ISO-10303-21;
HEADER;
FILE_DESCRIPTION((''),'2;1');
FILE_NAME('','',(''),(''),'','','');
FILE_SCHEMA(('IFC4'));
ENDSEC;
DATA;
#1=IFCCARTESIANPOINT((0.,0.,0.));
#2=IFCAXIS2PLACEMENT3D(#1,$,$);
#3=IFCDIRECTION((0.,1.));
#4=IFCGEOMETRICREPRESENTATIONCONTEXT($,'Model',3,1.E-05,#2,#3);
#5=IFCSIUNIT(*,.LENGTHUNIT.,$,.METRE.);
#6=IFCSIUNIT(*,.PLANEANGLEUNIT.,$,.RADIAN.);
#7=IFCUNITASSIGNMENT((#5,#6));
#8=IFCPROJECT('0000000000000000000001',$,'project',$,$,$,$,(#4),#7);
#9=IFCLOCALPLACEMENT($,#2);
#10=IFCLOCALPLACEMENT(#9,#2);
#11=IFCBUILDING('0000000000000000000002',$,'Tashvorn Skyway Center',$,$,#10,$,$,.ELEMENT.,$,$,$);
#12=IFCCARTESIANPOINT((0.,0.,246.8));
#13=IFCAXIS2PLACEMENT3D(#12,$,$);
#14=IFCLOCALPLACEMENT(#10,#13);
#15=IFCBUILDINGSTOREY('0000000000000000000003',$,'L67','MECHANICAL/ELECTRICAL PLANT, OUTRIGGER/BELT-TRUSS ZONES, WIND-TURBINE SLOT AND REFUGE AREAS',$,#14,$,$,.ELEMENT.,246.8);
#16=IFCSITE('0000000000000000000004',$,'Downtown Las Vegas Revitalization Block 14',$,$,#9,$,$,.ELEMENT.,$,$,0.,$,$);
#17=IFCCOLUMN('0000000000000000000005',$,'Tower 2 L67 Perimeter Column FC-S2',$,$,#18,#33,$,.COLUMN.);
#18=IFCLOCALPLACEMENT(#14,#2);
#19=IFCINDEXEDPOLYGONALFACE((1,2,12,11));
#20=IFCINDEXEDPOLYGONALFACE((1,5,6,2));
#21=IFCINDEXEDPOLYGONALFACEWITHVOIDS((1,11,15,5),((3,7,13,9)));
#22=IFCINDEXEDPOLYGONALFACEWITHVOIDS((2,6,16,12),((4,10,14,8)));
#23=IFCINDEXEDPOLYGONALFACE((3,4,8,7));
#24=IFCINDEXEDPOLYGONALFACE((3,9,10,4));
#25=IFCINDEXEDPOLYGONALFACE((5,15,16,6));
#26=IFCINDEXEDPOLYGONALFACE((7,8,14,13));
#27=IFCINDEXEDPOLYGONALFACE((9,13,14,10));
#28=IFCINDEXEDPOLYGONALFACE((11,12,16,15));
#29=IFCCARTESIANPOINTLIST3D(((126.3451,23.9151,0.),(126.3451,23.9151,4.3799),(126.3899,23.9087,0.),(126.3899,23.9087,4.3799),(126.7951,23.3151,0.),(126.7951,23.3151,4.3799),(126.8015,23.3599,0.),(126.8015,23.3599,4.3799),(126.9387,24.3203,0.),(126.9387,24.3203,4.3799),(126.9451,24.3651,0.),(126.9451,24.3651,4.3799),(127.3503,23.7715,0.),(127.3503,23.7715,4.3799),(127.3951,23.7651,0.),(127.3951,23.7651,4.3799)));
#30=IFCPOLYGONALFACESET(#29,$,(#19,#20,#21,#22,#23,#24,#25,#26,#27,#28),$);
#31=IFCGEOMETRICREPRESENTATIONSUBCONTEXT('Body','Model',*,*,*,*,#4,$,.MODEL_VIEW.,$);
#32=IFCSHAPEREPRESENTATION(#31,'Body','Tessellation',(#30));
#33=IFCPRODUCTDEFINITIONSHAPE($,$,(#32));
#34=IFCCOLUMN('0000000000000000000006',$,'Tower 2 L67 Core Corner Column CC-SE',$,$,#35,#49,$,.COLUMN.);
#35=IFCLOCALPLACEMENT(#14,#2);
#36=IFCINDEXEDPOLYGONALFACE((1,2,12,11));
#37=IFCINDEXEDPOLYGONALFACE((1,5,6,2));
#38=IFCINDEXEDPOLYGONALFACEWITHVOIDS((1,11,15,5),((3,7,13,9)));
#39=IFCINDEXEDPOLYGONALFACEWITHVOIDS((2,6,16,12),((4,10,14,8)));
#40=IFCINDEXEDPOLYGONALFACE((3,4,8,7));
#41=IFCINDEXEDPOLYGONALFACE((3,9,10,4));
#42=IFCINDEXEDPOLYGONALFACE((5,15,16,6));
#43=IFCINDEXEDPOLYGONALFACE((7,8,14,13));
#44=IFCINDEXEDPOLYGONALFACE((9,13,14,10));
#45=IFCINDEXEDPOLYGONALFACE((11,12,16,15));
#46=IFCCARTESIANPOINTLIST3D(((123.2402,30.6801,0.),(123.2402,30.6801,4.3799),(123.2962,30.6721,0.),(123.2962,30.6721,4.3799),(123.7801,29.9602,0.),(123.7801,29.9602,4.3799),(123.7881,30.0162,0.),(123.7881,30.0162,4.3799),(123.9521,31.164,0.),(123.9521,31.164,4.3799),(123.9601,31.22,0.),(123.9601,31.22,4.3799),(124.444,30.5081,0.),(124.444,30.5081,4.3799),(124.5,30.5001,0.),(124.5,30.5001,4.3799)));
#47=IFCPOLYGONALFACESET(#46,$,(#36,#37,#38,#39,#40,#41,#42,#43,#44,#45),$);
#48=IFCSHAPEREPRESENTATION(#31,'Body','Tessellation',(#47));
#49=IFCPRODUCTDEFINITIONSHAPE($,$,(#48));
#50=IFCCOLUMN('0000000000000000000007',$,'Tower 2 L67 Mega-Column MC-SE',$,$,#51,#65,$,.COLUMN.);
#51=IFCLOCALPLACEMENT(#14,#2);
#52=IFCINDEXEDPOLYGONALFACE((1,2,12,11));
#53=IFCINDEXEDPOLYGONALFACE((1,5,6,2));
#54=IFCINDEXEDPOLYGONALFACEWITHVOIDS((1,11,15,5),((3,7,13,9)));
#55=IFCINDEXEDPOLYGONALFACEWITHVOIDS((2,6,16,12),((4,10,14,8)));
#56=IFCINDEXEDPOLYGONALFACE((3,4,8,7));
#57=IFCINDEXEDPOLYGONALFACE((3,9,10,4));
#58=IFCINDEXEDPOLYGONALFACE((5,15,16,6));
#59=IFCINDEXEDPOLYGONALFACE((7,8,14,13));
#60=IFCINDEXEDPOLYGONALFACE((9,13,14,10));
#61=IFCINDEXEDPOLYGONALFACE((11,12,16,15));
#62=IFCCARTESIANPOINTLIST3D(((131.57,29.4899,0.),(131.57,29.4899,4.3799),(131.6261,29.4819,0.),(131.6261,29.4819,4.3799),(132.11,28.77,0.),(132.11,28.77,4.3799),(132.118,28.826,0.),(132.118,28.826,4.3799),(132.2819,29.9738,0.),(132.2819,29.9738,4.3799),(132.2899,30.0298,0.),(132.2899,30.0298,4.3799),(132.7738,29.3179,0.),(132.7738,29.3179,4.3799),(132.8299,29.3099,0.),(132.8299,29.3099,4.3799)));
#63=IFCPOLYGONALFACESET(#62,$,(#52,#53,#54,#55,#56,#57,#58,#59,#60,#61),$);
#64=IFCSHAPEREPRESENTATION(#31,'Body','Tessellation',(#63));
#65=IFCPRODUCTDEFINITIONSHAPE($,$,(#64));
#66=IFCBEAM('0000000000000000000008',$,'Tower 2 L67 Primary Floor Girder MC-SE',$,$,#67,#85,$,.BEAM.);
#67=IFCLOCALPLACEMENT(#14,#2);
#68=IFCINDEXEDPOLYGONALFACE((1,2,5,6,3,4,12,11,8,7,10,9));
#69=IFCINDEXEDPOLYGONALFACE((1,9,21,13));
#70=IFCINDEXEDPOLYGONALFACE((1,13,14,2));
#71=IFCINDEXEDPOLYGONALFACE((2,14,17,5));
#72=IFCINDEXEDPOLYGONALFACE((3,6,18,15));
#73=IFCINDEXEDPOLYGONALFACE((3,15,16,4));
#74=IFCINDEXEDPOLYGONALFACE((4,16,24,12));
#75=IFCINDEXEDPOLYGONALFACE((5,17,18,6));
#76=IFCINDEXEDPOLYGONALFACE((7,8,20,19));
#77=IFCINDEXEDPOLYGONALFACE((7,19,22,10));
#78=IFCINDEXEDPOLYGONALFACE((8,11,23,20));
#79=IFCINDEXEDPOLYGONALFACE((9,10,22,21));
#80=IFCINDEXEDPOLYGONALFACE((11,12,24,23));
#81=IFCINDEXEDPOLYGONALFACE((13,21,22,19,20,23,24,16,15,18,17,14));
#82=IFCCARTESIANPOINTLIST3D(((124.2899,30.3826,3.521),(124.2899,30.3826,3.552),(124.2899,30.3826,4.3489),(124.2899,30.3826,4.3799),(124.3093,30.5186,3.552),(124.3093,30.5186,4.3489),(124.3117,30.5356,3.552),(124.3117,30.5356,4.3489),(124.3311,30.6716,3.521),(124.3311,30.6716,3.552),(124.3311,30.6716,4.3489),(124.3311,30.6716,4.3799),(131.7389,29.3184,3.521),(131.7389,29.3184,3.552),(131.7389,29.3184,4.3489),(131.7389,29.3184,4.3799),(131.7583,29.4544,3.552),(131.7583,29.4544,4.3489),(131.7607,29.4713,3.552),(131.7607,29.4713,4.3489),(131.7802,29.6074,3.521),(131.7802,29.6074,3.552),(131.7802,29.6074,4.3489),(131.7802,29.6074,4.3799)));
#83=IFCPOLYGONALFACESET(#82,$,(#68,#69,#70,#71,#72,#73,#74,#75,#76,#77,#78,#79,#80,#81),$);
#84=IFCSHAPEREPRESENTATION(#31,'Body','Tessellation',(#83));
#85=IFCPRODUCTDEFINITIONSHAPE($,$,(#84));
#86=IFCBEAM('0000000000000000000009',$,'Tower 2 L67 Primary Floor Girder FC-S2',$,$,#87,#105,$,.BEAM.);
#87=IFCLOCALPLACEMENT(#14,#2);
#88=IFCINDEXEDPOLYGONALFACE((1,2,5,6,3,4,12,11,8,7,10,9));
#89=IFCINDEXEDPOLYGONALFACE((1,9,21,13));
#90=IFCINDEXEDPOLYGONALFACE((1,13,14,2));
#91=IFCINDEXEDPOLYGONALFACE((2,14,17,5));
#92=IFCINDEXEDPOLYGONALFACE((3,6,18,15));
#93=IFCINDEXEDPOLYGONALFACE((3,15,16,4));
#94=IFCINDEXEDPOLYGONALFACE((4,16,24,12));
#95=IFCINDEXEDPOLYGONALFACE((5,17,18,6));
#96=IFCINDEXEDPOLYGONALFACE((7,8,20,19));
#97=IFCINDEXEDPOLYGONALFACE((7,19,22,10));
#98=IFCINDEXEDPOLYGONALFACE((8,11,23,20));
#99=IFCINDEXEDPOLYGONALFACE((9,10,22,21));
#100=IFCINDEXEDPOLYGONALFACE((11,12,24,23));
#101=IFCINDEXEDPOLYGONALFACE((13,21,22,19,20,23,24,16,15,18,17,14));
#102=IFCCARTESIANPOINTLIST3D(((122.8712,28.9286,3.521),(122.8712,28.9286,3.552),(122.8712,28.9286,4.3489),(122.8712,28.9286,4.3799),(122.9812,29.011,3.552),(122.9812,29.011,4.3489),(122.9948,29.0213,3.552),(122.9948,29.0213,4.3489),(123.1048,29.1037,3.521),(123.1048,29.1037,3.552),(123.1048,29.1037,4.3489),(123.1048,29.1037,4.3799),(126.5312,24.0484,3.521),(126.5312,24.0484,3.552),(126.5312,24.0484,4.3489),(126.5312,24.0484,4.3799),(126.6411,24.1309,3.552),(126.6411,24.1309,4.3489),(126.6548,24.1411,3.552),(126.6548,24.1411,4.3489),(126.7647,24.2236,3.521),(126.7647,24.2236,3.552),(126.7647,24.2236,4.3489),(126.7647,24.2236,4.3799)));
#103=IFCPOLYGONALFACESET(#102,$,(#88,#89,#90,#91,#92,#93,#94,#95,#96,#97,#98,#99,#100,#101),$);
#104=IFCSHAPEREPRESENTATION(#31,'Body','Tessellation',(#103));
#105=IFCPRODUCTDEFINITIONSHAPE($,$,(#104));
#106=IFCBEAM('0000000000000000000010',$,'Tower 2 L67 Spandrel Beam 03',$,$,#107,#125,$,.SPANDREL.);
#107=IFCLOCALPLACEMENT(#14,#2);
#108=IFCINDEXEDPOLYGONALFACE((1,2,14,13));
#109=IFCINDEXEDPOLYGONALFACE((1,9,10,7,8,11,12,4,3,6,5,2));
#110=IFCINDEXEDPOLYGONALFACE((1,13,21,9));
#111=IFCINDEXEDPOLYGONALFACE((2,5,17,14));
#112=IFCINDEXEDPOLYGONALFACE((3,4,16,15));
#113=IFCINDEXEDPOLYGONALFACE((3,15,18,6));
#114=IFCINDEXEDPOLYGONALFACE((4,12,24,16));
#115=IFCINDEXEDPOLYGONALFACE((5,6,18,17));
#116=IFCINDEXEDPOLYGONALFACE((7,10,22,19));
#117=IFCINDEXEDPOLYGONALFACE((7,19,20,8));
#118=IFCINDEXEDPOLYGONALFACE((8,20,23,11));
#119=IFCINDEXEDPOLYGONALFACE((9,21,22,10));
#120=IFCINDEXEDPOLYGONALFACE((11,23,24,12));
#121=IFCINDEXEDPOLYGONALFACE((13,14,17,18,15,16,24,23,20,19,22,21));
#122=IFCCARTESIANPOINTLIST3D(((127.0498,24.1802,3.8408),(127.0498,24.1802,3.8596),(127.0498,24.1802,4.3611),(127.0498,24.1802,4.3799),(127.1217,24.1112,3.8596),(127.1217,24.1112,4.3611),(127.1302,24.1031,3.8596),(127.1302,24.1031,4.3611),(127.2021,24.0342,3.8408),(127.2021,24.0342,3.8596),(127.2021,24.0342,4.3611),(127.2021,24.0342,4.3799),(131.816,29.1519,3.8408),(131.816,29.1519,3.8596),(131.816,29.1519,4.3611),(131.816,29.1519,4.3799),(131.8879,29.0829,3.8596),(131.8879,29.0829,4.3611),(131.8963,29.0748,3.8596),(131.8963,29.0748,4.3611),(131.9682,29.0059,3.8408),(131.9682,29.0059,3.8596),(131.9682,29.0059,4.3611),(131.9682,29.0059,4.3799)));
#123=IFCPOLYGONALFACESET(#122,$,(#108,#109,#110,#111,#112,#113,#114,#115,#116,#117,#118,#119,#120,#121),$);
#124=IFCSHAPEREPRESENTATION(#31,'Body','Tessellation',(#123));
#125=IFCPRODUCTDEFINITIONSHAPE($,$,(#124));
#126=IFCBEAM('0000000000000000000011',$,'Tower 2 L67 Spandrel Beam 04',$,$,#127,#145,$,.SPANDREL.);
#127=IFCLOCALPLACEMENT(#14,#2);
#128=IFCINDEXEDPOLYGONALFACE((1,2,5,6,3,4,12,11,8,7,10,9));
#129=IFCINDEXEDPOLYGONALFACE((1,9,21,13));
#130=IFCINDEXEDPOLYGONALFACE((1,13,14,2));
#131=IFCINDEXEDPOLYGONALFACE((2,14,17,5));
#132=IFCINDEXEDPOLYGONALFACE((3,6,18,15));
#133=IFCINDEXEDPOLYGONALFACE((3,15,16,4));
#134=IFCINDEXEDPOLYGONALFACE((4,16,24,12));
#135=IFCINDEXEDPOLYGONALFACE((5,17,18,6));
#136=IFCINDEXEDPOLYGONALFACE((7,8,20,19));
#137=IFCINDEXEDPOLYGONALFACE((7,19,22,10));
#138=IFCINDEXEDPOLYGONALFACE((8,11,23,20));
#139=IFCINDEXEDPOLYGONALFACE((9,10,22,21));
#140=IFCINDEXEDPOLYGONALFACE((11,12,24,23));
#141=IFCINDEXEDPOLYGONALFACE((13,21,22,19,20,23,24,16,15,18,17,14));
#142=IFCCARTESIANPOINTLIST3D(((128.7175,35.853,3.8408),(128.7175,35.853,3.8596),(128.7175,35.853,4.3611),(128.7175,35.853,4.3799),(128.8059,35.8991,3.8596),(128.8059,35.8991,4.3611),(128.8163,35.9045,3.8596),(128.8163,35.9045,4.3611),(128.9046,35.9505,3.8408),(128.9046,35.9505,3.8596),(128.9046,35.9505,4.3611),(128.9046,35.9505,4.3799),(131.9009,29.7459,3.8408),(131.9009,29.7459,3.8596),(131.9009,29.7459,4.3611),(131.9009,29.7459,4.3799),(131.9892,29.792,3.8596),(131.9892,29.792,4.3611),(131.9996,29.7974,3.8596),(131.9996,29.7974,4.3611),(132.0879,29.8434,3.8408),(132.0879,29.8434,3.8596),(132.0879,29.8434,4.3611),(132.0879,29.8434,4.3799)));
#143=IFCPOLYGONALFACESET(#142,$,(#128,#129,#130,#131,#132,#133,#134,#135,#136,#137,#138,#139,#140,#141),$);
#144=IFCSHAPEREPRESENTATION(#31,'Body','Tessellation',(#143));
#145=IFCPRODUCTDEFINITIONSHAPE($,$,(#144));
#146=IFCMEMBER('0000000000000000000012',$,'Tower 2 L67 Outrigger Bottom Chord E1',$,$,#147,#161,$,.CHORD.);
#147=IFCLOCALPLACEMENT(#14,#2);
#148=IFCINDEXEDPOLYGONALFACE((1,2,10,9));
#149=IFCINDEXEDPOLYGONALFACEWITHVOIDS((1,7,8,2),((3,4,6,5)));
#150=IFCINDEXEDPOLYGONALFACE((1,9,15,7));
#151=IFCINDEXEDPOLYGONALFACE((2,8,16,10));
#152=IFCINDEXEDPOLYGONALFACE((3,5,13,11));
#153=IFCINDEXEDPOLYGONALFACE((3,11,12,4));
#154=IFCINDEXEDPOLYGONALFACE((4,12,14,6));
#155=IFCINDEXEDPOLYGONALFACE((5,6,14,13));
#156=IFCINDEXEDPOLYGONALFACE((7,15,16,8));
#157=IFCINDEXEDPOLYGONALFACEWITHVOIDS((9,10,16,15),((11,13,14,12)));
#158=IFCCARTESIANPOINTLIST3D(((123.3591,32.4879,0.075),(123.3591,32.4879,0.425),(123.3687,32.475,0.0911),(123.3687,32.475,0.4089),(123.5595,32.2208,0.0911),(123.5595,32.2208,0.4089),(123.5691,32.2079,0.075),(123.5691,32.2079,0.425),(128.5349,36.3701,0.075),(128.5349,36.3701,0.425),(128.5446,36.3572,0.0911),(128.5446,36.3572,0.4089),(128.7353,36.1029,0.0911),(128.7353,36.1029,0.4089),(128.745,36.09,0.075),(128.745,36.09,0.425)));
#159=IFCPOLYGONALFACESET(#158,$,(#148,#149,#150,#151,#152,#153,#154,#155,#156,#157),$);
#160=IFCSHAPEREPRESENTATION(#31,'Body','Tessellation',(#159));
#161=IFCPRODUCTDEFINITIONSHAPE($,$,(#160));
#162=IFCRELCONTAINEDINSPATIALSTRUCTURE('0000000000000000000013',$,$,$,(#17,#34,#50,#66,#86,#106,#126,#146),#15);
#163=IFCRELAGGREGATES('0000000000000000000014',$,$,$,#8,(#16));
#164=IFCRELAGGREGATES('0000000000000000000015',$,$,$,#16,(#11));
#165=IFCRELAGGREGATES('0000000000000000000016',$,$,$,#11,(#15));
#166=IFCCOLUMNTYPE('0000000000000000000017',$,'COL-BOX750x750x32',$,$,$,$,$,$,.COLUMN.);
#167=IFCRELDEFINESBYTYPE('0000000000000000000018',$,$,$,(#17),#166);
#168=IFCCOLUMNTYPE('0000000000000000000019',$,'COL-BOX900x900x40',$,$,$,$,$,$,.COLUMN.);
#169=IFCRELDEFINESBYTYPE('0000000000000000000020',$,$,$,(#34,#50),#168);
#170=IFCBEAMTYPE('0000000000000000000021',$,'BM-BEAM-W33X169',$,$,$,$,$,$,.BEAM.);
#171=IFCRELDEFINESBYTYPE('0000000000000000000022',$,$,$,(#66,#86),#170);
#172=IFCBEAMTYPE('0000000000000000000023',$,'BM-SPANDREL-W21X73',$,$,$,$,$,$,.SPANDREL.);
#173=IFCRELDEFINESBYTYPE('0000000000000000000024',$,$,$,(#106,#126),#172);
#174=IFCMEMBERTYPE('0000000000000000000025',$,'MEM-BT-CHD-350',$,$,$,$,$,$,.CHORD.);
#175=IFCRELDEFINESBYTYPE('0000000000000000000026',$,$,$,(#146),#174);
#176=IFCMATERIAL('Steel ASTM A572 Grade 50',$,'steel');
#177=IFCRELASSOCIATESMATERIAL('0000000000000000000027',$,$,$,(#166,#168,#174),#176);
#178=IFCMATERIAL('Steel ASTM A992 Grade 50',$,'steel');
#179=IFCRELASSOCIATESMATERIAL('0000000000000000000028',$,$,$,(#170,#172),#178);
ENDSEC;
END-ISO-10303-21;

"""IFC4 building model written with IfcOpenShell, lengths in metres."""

from ifc_helpers import new_model, si_unit, direction, frame, origin, origin_2d, place, context, subcontext, project, spatial, hollow_rectangle, i_section, extrude, material, material_profile, profile_set, type_object, element, save


model = new_model("IFC4")

# Units and contexts
model_context = context("Model", 3, precision=1e-05, world=origin(), true_north=direction((0.0, 1.0)))
body_context = subcontext(model_context, "Body", "Model", "MODEL_VIEW")
ifc_project = project(units=[si_unit("LENGTHUNIT", "METRE"), si_unit("PLANEANGLEUNIT", "RADIAN")], contexts=[model_context])

# Site, building, storey
site_placement = place(None, origin())
site = spatial("IfcSite", under=ifc_project, at=site_placement, Name="Downtown Las Vegas Revitalization Block 14", CompositionType="ELEMENT", RefElevation=0.0)
building_placement = place(site_placement, origin())
building = spatial("IfcBuilding", under=site, at=building_placement, Name="Tashvorn Skyway Center", CompositionType="ELEMENT")
storey_placement = place(building_placement, frame((0.0, 0.0, 246.8)))
storey = spatial("IfcBuildingStorey", under=building, at=storey_placement, Name="L67", Description="MECHANICAL/ELECTRICAL PLANT, OUTRIGGER/BELT-TRUSS ZONES, WIND-TURBINE SLOT AND REFUGE AREAS", CompositionType="ELEMENT", Elevation=246.8)

# Columns
ifc_material_1 = material(Name="Steel ASTM A572 Grade 50", Category="steel")
ifc_material_profile_1 = material_profile(ifc_material_1, hollow_rectangle(XDim=0.75, YDim=0.75, WallThickness=0.032, at=origin_2d()), Name="BOX750x750x32")
ifc_profile_set_1 = profile_set([ifc_material_profile_1], Name="Steel ASTM A572 Grade 50")
column_type_1 = type_object("IfcColumnType", Name="COL-BOX750x750x32", PredefinedType="COLUMN", material=ifc_profile_set_1)
column_placement = place(storey_placement, frame((126.8701, 23.8401, 0.0), z_axis=(0.0, 0.0, 1.0), x_axis=(0.8, 0.6, 0.0)))
element("IfcColumn", 1, at=column_placement, inside=storey, type_object=column_type_1, Name="Tower 2 L67 Perimeter Column FC-S2", PredefinedType="COLUMN", context=body_context, shape_type="SweptSolid", body=[
    extrude(hollow_rectangle(XDim=0.75, YDim=0.75, WallThickness=0.032, at=origin_2d()), origin(), (0.0, 0.0, 1.0), 4.3799),
])
ifc_material_profile_2 = material_profile(ifc_material_1, hollow_rectangle(XDim=0.8999, YDim=0.8999, WallThickness=0.04, at=origin_2d()), Name="BOX900x900x40")
ifc_profile_set_2 = profile_set([ifc_material_profile_2], Name="Steel ASTM A572 Grade 50")
column_type_2 = type_object("IfcColumnType", Name="COL-BOX900x900x40", PredefinedType="COLUMN", material=ifc_profile_set_2)
for number, where, z_axis, x_axis, name in (
    (2, (123.8701, 30.5901, 0.0), (0.0, 0.0, 1.0), (0.8, 0.6, 0.0), "Tower 2 L67 Core Corner Column CC-SE"),
    (3, (132.2, 29.3999, 0.0), (0.0, 0.0, 1.0), (0.8, 0.6, 0.0), "Tower 2 L67 Mega-Column MC-SE"),
):
    element("IfcColumn", number, at=place(storey_placement, frame(where, z_axis=z_axis, x_axis=x_axis)), inside=storey, type_object=column_type_2, Name=name, PredefinedType="COLUMN", context=body_context, shape_type="SweptSolid", body=[
        extrude(hollow_rectangle(XDim=0.8999, YDim=0.8999, WallThickness=0.04, at=origin_2d()), origin(), (0.0, 0.0, 1.0), 4.3799),
    ])

# Beams
ifc_material_2 = material(Name="Steel ASTM A992 Grade 50", Category="steel")
ifc_material_profile_3 = material_profile(ifc_material_2, i_section(OverallWidth=0.292, OverallDepth=0.8589, WebThickness=0.0171, FlangeThickness=0.031, at=origin_2d()), Name="W33X169")
ifc_profile_set_3 = profile_set([ifc_material_profile_3], Name="Steel ASTM A992 Grade 50")
beam_type_1 = type_object("IfcBeamType", Name="BM-BEAM-W33X169", PredefinedType="BEAM", material=ifc_profile_set_3)
beam_1_placement = place(storey_placement, frame((131.7595, 29.4629, 3.9504), z_axis=(-0.989948, 0.14143, 0.0), x_axis=(-0.14143, -0.989948, 0.0)))
element("IfcBeam", 4, at=beam_1_placement, inside=storey, type_object=beam_type_1, Name="Tower 2 L67 Primary Floor Girder MC-SE", PredefinedType="BEAM", context=body_context, shape_type="SweptSolid", body=[
    extrude(i_section(OverallWidth=0.292, OverallDepth=0.8589, WebThickness=0.0171, FlangeThickness=0.031, at=origin_2d()), origin(), (0.0, 0.0, 1.0), 7.5247),
])
beam_2_placement = place(storey_placement, frame((126.6479, 24.136, 3.9504), z_axis=(-0.599981, 0.800014, 0.0), x_axis=(-0.800014, -0.599981, 0.0)))
element("IfcBeam", 5, at=beam_2_placement, inside=storey, type_object=beam_type_1, Name="Tower 2 L67 Primary Floor Girder FC-S2", PredefinedType="BEAM", context=body_context, shape_type="SweptSolid", body=[
    extrude(i_section(OverallWidth=0.292, OverallDepth=0.8589, WebThickness=0.0171, FlangeThickness=0.031, at=origin_2d()), origin(), (0.0, 0.0, 1.0), 6.1001),
])
ifc_material_profile_4 = material_profile(ifc_material_2, i_section(OverallWidth=0.2109, OverallDepth=0.5391, WebThickness=0.0117, FlangeThickness=0.0188, at=origin_2d()), Name="W21X73")
ifc_profile_set_4 = profile_set([ifc_material_profile_4], Name="Steel ASTM A992 Grade 50")
beam_type_2 = type_object("IfcBeamType", Name="BM-SPANDREL-W21X73", PredefinedType="SPANDREL", material=ifc_profile_set_4)
beam_3_placement = place(storey_placement, frame((127.126, 24.1072, 4.1104), z_axis=(0.692025, 0.721873, 0.0), x_axis=(-0.721873, 0.692025, 0.0)))
element("IfcBeam", 6, at=beam_3_placement, inside=storey, type_object=beam_type_2, Name="Tower 2 L67 Spandrel Beam 03", PredefinedType="SPANDREL", context=body_context, shape_type="SweptSolid", body=[
    extrude(i_section(OverallWidth=0.2109, OverallDepth=0.5391, WebThickness=0.0117, FlangeThickness=0.0188, at=origin_2d()), origin(), (0.0, 0.0, 1.0), 6.8872),
])
beam_4_placement = place(storey_placement, frame((131.9944, 29.7947, 4.1104), z_axis=(-0.462223, 0.886764, 0.0), x_axis=(-0.886764, -0.462223, 0.0)))
element("IfcBeam", 7, at=beam_4_placement, inside=storey, type_object=beam_type_2, Name="Tower 2 L67 Spandrel Beam 04", PredefinedType="SPANDREL", context=body_context, shape_type="SweptSolid", body=[
    extrude(i_section(OverallWidth=0.2109, OverallDepth=0.5391, WebThickness=0.0117, FlangeThickness=0.0188, at=origin_2d()), origin(), (0.0, 0.0, 1.0), 6.887),
])

# Member
ifc_material_profile_5 = material_profile(ifc_material_1, hollow_rectangle(XDim=0.3501, YDim=0.3501, WallThickness=0.0161, at=origin_2d()), Name="HSS350x350x16")
ifc_profile_set_5 = profile_set([ifc_material_profile_5], Name="Steel ASTM A572 Grade 50")
member_type = type_object("IfcMemberType", Name="MEM-BT-CHD-350", PredefinedType="CHORD", material=ifc_profile_set_5)
member_placement = place(storey_placement, frame((123.4641, 32.3479, 0.25), z_axis=(0.799982, 0.600024, 0.0), x_axis=(-0.600024, 0.799982, 0.0)))
element("IfcMember", 8, at=member_placement, inside=storey, type_object=member_type, Name="Tower 2 L67 Outrigger Bottom Chord E1", PredefinedType="CHORD", context=body_context, shape_type="SweptSolid", body=[
    extrude(hollow_rectangle(XDim=0.3501, YDim=0.3501, WallThickness=0.0161, at=origin_2d()), origin(), (0.0, 0.0, 1.0), 6.47),
])

save(model, "model.ifc")
